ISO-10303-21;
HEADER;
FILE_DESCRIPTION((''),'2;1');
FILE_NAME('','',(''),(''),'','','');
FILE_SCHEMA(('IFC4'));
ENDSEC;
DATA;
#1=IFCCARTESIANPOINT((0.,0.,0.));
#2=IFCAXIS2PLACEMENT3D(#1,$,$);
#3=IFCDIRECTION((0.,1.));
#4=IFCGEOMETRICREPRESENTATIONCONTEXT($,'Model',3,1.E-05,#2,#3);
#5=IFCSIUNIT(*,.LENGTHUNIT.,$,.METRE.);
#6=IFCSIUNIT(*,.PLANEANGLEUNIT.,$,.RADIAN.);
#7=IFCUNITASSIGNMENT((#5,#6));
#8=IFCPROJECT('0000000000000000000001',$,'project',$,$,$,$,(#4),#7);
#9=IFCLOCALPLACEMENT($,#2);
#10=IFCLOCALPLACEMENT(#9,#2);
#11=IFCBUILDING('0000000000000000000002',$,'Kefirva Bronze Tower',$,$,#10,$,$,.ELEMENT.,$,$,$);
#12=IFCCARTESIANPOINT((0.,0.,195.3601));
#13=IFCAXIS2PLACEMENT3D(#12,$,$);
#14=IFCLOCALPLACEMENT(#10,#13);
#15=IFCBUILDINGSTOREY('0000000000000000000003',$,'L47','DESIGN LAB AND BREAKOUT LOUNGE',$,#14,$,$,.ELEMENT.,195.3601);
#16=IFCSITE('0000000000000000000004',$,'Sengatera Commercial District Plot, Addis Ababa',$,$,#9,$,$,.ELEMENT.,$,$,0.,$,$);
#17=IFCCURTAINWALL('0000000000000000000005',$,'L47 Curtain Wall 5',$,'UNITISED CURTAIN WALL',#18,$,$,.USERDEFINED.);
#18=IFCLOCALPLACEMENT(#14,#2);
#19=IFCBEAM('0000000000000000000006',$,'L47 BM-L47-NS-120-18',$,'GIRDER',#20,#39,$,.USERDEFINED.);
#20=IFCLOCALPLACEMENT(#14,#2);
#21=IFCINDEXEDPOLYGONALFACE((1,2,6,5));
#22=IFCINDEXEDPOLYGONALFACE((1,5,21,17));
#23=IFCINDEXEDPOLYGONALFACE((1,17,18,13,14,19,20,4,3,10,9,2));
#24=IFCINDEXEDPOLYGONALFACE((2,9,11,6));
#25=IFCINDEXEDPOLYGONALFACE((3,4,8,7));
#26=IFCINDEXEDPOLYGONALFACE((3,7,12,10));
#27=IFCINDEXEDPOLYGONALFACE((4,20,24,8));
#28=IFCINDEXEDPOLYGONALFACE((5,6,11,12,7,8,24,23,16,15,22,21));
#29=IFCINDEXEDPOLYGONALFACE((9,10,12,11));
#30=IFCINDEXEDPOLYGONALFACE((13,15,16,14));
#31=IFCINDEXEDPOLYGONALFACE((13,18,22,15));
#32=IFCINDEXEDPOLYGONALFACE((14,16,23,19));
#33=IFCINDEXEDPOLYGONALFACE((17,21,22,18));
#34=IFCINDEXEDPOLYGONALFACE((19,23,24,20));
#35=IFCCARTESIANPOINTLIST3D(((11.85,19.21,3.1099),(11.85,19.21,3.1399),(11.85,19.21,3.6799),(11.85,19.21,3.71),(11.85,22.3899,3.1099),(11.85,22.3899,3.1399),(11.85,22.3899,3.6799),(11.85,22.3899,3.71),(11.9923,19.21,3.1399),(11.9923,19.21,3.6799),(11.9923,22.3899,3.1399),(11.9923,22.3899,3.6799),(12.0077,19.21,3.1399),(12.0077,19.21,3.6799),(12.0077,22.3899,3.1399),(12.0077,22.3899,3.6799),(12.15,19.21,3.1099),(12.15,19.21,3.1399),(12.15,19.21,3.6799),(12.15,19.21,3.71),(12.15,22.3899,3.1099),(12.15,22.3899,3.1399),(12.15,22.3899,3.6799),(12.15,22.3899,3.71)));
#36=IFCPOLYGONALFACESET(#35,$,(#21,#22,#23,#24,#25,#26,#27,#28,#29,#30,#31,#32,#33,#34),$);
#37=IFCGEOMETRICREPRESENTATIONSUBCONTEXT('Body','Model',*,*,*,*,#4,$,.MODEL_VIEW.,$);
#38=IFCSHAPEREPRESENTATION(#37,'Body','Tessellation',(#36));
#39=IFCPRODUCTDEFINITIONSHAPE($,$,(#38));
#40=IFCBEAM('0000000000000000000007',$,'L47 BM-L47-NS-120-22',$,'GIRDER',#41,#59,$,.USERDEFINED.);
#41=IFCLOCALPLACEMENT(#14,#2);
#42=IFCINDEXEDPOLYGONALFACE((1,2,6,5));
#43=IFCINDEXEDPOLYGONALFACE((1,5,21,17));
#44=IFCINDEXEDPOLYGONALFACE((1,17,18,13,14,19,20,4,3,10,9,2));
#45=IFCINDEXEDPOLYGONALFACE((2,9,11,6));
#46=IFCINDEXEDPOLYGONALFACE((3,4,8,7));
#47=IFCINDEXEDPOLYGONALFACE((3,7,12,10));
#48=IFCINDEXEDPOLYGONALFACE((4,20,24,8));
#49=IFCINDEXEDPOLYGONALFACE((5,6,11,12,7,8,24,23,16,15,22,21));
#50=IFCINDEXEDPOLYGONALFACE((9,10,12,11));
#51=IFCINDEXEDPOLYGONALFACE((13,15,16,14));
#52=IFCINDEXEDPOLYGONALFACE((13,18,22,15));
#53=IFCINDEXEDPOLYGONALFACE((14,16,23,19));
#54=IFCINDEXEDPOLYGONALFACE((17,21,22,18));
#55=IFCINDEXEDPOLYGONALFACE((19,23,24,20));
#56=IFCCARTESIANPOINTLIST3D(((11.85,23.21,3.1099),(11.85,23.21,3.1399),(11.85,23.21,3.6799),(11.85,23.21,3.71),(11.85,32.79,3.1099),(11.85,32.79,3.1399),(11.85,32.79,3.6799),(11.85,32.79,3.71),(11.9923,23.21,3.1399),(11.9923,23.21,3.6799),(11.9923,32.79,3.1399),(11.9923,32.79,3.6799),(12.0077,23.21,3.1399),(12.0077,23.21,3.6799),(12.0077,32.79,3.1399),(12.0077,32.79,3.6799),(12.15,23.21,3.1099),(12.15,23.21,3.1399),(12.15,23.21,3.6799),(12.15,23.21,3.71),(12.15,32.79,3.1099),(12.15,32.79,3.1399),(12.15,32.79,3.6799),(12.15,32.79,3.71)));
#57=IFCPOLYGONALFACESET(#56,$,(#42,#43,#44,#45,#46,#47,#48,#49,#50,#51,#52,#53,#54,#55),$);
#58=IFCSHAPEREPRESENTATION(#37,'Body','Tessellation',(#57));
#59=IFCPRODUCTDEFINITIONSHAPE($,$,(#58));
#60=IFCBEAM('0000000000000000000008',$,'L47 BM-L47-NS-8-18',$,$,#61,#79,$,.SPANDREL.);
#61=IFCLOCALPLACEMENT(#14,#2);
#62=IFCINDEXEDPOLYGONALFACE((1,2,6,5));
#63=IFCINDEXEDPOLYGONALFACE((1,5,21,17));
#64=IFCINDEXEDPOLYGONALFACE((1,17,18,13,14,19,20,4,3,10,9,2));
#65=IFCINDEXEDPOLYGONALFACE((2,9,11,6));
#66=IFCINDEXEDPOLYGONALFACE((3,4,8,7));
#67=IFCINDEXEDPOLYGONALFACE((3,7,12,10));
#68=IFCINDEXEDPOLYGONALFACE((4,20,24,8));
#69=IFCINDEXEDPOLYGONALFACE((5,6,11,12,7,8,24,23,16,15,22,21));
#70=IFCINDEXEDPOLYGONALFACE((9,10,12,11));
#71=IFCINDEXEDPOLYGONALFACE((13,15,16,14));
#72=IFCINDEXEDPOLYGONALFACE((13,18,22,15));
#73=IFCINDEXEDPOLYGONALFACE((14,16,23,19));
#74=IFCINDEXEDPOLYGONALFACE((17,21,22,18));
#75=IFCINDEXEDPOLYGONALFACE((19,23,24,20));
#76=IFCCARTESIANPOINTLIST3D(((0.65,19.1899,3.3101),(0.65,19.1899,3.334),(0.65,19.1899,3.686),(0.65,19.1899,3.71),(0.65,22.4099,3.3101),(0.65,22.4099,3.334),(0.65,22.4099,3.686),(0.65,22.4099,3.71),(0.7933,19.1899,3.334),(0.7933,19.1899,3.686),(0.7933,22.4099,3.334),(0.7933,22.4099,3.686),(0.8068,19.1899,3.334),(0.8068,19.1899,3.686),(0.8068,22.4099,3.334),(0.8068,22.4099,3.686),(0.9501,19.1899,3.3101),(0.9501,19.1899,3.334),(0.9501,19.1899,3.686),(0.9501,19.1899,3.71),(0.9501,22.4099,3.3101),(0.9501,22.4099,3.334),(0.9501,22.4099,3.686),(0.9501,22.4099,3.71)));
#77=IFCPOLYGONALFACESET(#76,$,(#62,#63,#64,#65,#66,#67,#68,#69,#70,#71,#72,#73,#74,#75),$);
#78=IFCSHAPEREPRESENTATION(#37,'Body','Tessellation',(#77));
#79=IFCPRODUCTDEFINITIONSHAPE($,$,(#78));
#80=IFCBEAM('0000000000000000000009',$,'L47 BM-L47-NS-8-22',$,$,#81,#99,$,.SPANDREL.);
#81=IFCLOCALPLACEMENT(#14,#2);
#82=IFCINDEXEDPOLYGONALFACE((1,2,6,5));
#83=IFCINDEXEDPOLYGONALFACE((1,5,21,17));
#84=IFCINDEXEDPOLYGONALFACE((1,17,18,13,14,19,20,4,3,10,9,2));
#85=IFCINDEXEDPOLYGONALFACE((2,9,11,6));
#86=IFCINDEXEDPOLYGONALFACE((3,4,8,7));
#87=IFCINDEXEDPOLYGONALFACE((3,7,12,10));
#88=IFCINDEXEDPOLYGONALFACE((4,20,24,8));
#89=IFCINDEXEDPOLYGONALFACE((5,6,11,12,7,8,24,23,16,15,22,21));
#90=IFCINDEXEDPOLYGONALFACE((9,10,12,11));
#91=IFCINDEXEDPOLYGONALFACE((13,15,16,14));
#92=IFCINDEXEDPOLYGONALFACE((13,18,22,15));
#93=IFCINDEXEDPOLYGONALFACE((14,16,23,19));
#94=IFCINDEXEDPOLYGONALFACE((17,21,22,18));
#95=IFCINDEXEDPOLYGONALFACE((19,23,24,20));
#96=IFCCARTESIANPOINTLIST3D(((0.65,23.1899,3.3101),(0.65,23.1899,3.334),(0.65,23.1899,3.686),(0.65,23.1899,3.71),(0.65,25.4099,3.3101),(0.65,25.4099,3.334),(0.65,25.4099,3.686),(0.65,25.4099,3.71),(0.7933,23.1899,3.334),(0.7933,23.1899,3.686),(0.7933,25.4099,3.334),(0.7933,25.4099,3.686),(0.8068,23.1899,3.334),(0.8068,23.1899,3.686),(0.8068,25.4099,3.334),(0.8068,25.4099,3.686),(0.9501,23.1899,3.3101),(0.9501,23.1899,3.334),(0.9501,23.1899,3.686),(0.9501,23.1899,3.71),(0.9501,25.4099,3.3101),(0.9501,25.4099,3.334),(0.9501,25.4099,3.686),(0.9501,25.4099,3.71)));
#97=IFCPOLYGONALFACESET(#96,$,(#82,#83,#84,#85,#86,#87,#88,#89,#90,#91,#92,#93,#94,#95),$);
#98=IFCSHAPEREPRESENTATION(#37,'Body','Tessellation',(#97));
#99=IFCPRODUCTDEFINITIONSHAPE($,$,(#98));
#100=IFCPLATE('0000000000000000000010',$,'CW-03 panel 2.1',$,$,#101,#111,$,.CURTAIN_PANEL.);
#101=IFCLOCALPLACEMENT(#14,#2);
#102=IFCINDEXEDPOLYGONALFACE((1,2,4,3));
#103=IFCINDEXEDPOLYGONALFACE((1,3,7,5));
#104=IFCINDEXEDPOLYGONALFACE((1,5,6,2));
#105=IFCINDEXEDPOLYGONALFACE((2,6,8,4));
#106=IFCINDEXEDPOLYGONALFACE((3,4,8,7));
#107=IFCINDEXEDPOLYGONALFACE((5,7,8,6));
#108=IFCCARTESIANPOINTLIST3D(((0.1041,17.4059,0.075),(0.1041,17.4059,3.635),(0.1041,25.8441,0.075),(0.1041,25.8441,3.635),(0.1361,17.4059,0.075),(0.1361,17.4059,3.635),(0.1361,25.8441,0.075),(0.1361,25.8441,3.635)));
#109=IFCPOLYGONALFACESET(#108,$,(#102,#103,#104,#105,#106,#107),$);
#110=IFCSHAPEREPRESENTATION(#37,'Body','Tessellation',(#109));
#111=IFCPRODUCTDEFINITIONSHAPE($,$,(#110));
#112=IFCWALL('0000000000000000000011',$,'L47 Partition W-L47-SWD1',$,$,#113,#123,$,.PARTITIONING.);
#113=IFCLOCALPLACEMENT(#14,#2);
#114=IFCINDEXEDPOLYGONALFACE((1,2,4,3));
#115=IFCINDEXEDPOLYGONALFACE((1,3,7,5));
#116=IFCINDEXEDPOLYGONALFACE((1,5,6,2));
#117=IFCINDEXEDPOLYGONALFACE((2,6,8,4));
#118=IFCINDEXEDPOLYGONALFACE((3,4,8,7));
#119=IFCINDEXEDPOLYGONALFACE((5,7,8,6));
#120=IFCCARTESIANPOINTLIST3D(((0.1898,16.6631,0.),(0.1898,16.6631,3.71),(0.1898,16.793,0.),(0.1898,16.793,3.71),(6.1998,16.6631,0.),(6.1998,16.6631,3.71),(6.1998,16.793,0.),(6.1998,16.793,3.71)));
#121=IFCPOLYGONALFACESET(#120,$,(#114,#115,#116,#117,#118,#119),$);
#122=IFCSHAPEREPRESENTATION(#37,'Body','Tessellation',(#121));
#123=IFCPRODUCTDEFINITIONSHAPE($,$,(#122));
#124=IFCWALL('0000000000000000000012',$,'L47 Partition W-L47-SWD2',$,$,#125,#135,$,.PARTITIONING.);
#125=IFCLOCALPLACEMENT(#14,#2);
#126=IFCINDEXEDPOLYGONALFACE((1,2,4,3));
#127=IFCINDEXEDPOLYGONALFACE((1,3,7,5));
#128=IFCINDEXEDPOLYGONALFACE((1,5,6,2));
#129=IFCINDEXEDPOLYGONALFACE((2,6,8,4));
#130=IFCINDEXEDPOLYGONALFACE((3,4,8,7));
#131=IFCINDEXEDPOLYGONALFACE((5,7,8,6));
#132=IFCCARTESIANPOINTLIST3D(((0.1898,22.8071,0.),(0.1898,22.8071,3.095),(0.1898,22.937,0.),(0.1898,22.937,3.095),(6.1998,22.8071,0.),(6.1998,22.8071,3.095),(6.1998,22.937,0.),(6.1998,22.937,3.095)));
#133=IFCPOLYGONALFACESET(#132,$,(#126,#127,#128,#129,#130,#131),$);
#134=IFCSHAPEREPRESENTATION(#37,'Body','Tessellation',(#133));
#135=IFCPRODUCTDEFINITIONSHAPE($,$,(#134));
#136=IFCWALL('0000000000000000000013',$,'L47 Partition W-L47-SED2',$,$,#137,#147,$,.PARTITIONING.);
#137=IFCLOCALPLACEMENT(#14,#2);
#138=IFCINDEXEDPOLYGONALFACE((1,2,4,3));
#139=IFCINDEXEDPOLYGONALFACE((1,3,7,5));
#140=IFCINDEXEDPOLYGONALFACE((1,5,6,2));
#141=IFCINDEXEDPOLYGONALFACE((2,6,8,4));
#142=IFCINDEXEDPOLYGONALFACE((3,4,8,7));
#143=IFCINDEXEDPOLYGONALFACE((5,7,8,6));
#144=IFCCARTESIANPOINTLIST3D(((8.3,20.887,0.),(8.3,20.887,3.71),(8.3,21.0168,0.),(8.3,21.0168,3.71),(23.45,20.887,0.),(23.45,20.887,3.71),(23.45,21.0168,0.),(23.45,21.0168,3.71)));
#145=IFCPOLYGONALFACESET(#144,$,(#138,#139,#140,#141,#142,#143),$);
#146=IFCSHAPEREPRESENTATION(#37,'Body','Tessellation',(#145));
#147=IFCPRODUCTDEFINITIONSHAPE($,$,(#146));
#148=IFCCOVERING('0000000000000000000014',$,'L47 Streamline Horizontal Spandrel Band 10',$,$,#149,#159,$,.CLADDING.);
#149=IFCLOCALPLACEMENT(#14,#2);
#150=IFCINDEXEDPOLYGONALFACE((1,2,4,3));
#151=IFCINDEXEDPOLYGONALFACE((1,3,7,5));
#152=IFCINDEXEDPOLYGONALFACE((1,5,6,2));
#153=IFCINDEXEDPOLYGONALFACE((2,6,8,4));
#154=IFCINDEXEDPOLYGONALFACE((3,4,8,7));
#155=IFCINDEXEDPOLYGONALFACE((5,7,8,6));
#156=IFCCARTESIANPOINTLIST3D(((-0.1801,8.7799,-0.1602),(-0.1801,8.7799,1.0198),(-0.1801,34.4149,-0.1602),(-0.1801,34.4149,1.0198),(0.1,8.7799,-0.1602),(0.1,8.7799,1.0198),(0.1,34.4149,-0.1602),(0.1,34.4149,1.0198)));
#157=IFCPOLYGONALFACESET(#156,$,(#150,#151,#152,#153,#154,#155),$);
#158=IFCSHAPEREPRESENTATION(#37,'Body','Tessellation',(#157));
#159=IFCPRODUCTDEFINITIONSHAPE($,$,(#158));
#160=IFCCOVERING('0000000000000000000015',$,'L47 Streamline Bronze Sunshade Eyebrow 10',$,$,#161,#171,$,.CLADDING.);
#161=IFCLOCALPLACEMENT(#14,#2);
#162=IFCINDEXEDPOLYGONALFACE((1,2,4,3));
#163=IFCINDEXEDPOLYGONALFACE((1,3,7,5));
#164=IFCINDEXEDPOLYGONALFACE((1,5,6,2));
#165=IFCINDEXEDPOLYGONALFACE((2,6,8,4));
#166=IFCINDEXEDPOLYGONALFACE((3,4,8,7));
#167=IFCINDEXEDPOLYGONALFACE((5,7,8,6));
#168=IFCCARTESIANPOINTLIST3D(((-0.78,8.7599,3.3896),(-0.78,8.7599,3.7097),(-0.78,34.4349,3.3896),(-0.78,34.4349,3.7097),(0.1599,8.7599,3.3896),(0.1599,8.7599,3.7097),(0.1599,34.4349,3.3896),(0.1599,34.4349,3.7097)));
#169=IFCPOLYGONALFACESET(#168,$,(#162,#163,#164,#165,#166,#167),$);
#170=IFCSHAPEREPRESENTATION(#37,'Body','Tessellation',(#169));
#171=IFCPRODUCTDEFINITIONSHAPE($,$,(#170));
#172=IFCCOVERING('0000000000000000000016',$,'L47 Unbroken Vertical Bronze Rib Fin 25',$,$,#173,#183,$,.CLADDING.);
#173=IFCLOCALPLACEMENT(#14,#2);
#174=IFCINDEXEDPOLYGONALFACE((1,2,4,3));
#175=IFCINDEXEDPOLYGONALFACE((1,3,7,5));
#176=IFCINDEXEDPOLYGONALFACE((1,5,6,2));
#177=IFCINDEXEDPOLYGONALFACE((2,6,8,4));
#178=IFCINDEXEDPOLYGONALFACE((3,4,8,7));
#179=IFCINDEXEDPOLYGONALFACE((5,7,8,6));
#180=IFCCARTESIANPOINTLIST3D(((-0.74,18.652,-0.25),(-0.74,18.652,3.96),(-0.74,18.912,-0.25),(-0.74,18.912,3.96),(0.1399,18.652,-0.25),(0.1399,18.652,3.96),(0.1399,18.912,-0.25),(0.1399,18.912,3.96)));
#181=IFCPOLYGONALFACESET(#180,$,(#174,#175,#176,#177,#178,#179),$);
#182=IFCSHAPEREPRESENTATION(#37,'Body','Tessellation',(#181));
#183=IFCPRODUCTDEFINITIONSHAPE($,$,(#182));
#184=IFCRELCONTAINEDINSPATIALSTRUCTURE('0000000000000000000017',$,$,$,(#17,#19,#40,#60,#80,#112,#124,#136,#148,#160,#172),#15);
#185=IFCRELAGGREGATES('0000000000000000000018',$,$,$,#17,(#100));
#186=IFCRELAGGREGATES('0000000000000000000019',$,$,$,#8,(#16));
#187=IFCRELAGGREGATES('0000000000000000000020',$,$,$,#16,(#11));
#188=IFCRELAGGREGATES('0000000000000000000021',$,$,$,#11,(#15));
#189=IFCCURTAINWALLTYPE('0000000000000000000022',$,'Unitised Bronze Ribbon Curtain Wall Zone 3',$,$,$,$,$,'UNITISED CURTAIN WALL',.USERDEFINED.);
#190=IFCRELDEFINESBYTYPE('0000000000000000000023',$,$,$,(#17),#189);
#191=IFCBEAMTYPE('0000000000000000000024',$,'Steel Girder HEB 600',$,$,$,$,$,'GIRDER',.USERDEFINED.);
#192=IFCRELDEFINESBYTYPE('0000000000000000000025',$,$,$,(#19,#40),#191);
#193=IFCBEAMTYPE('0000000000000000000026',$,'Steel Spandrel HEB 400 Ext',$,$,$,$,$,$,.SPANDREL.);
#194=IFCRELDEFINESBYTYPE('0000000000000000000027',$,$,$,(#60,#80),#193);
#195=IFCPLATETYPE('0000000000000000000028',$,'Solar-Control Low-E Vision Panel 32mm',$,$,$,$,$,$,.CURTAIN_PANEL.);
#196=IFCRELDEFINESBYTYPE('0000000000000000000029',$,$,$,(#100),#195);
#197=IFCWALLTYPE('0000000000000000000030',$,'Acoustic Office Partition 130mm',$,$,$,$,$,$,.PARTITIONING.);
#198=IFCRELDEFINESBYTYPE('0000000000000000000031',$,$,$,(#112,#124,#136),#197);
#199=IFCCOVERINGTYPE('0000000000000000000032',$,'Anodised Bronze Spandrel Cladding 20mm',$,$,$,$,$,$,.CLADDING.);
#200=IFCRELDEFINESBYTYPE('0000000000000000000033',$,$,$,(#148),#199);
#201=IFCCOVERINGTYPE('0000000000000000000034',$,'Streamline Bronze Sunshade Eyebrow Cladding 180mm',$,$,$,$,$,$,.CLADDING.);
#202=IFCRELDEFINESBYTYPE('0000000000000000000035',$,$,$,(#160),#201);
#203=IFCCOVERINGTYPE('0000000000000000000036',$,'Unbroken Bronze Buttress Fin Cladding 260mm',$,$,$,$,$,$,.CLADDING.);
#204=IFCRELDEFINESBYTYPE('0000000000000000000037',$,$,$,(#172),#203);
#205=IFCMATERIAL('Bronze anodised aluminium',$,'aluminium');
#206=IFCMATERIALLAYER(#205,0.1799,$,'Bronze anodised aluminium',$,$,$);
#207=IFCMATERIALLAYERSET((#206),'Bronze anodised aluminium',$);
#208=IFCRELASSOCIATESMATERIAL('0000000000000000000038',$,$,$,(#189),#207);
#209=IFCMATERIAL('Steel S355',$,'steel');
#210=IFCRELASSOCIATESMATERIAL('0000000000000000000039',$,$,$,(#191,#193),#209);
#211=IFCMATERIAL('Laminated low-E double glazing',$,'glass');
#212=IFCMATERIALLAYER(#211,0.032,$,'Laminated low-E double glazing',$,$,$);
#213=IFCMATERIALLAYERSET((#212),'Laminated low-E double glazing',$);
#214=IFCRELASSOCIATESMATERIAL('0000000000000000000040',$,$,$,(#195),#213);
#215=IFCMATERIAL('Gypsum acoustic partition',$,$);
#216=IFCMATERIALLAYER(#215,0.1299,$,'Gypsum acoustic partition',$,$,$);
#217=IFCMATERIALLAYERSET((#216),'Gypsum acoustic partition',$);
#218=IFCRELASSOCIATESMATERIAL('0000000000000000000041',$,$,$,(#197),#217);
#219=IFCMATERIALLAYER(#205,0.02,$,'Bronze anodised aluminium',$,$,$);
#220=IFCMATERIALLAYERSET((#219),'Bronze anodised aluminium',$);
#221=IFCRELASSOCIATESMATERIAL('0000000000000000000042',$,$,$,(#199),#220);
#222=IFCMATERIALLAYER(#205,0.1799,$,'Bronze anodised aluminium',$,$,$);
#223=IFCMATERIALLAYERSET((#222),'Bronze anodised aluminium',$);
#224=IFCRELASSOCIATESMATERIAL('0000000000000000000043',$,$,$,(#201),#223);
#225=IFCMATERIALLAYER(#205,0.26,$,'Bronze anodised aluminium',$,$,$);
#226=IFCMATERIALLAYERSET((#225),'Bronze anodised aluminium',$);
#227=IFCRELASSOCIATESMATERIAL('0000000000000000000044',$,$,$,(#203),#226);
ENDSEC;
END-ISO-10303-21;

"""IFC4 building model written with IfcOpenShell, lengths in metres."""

from ifc_helpers import new_model, si_unit, direction, frame, frame_2d, origin, origin_2d, place, context, subcontext, project, spatial, rectangle, i_section, extrude, material, layer, layer_set, material_profile, profile_set, type_object, element, aggregate, save


model = new_model("IFC4")

# Units and contexts
model_context = context("Model", 3, precision=1e-05, world=origin(), true_north=direction((0.0, 1.0)))
body_context = subcontext(model_context, "Body", "Model", "MODEL_VIEW")
ifc_project = project(units=[si_unit("LENGTHUNIT", "METRE"), si_unit("PLANEANGLEUNIT", "RADIAN")], contexts=[model_context])

# Site, building, storey
site_placement = place(None, origin())
site = spatial("IfcSite", under=ifc_project, at=site_placement, Name="Sengatera Commercial District Plot, Addis Ababa", CompositionType="ELEMENT", RefElevation=0.0)
building_placement = place(site_placement, origin())
building = spatial("IfcBuilding", under=site, at=building_placement, Name="Kefirva Bronze Tower", CompositionType="ELEMENT")
storey_placement = place(building_placement, frame((0.0, 0.0, 195.3601)))
storey = spatial("IfcBuildingStorey", under=building, at=storey_placement, Name="L47", Description="DESIGN LAB AND BREAKOUT LOUNGE", CompositionType="ELEMENT", Elevation=195.3601)

# Curtain wall
ifc_material_1 = material(Name="Bronze anodised aluminium", Category="aluminium")
ifc_layer_1 = layer(ifc_material_1, 0.1799, Name="Bronze anodised aluminium")
ifc_layer_set_1 = layer_set([ifc_layer_1], Name="Bronze anodised aluminium")
curtain_wall_type = type_object("IfcCurtainWallType", Name="Unitised Bronze Ribbon Curtain Wall Zone 3", ElementType="UNITISED CURTAIN WALL", PredefinedType="USERDEFINED", material=ifc_layer_set_1)
curtain_wall_placement = place(storey_placement, origin())
curtain_wall = element("IfcCurtainWall", 1, at=curtain_wall_placement, inside=storey, type_object=curtain_wall_type, Name="L47 Curtain Wall 5", ObjectType="UNITISED CURTAIN WALL", PredefinedType="USERDEFINED")

# Beams
ifc_material_2 = material(Name="Steel S355", Category="steel")
ifc_material_profile_1 = material_profile(ifc_material_2, i_section(OverallWidth=0.3, OverallDepth=0.6001, WebThickness=0.0154, FlangeThickness=0.03, at=origin_2d()), Name="HEB 600")
ifc_profile_set_1 = profile_set([ifc_material_profile_1], Name="Steel S355")
beam_type_1 = type_object("IfcBeamType", Name="Steel Girder HEB 600", ElementType="GIRDER", PredefinedType="USERDEFINED", material=ifc_profile_set_1)
beam_1_placement = place(storey_placement, frame((12.0, 19.21, 3.4099), z_axis=(0.0, 1.0, 0.0), x_axis=(-1.0, 0.0, 0.0)))
element("IfcBeam", 2, at=beam_1_placement, inside=storey, type_object=beam_type_1, Name="L47 BM-L47-NS-120-18", ObjectType="GIRDER", PredefinedType="USERDEFINED", context=body_context, shape_type="SweptSolid", body=[
    extrude(i_section(OverallWidth=0.3, OverallDepth=0.6001, WebThickness=0.0154, FlangeThickness=0.03, at=origin_2d()), origin(), (0.0, 0.0, 1.0), 3.1799),
])
beam_2_placement = place(storey_placement, frame((12.0, 23.21, 3.4099), z_axis=(0.0, 1.0, 0.0), x_axis=(-1.0, 0.0, 0.0)))
element("IfcBeam", 3, at=beam_2_placement, inside=storey, type_object=beam_type_1, Name="L47 BM-L47-NS-120-22", ObjectType="GIRDER", PredefinedType="USERDEFINED", context=body_context, shape_type="SweptSolid", body=[
    extrude(i_section(OverallWidth=0.3, OverallDepth=0.6001, WebThickness=0.0154, FlangeThickness=0.03, at=origin_2d()), origin(), (0.0, 0.0, 1.0), 9.5801),
])
ifc_material_profile_2 = material_profile(ifc_material_2, i_section(OverallWidth=0.3, OverallDepth=0.3999, WebThickness=0.0134, FlangeThickness=0.0239, at=origin_2d()), Name="HEB 400")
ifc_profile_set_2 = profile_set([ifc_material_profile_2], Name="Steel S355")
beam_type_2 = type_object("IfcBeamType", Name="Steel Spandrel HEB 400 Ext", PredefinedType="SPANDREL", material=ifc_profile_set_2)
beam_3_placement = place(storey_placement, frame((0.8, 19.1899, 3.51), z_axis=(0.0, 1.0, 0.0), x_axis=(-1.0, 0.0, 0.0)))
element("IfcBeam", 4, at=beam_3_placement, inside=storey, type_object=beam_type_2, Name="L47 BM-L47-NS-8-18", PredefinedType="SPANDREL", context=body_context, shape_type="SweptSolid", body=[
    extrude(i_section(OverallWidth=0.3, OverallDepth=0.3999, WebThickness=0.0134, FlangeThickness=0.0239, at=origin_2d()), origin(), (0.0, 0.0, 1.0), 3.22),
])
beam_4_placement = place(storey_placement, frame((0.8, 23.1899, 3.51), z_axis=(0.0, 1.0, 0.0), x_axis=(-1.0, 0.0, 0.0)))
element("IfcBeam", 5, at=beam_4_placement, inside=storey, type_object=beam_type_2, Name="L47 BM-L47-NS-8-22", PredefinedType="SPANDREL", context=body_context, shape_type="SweptSolid", body=[
    extrude(i_section(OverallWidth=0.3, OverallDepth=0.3999, WebThickness=0.0134, FlangeThickness=0.0239, at=origin_2d()), origin(), (0.0, 0.0, 1.0), 2.22),
])

# Plate
ifc_material_3 = material(Name="Laminated low-E double glazing", Category="glass")
ifc_layer_2 = layer(ifc_material_3, 0.032, Name="Laminated low-E double glazing")
ifc_layer_set_2 = layer_set([ifc_layer_2], Name="Laminated low-E double glazing")
plate_type = type_object("IfcPlateType", Name="Solar-Control Low-E Vision Panel 32mm", PredefinedType="CURTAIN_PANEL", material=ifc_layer_set_2)
plate_placement = place(storey_placement, frame((0.1201, 21.625, 0.075), z_axis=(0.0, 0.0, 1.0), x_axis=(0.0, -1.0, 0.0)))
plate = element("IfcPlate", 6, at=plate_placement, type_object=plate_type, Name="CW-03 panel 2.1", PredefinedType="CURTAIN_PANEL", context=body_context, shape_type="SweptSolid", body=[
    extrude(rectangle(XDim=8.4382, YDim=0.032, at=origin_2d()), origin(), (0.0, 0.0, 1.0), 3.5601),
])
aggregate(curtain_wall, [plate])

# Walls
ifc_material_4 = material(Name="Gypsum acoustic partition")
ifc_layer_3 = layer(ifc_material_4, 0.1299, Name="Gypsum acoustic partition")
ifc_layer_set_3 = layer_set([ifc_layer_3], Name="Gypsum acoustic partition")
wall_type = type_object("IfcWallType", Name="Acoustic Office Partition 130mm", PredefinedType="PARTITIONING", material=ifc_layer_set_3)
wall_1_placement = place(storey_placement, frame((0.1899, 16.728, 0.0), z_axis=(0.0, 0.0, 1.0), x_axis=(1.0, 0.0, 0.0)))
element("IfcWall", 7, at=wall_1_placement, inside=storey, type_object=wall_type, Name="L47 Partition W-L47-SWD1", PredefinedType="PARTITIONING", context=body_context, shape_type="SweptSolid", body=[
    extrude(rectangle(XDim=6.01, YDim=0.1299, at=frame_2d((3.0049, 0.0))), origin(), (0.0, 0.0, 1.0), 3.71),
])
wall_2_placement = place(storey_placement, frame((0.1899, 22.8721, 0.0), z_axis=(0.0, 0.0, 1.0), x_axis=(1.0, 0.0, 0.0)))
element("IfcWall", 8, at=wall_2_placement, inside=storey, type_object=wall_type, Name="L47 Partition W-L47-SWD2", PredefinedType="PARTITIONING", context=body_context, shape_type="SweptSolid", body=[
    extrude(rectangle(XDim=6.01, YDim=0.1299, at=frame_2d((3.0049, 0.0))), origin(), (0.0, 0.0, 1.0), 3.095),
])
wall_3_placement = place(storey_placement, frame((8.3, 20.9519, 0.0), z_axis=(0.0, 0.0, 1.0), x_axis=(1.0, 0.0, 0.0)))
element("IfcWall", 9, at=wall_3_placement, inside=storey, type_object=wall_type, Name="L47 Partition W-L47-SED2", PredefinedType="PARTITIONING", context=body_context, shape_type="SweptSolid", body=[
    extrude(rectangle(XDim=15.1499, YDim=0.1299, at=frame_2d((7.575, 0.0))), origin(), (0.0, 0.0, 1.0), 3.71),
])

# Coverings
ifc_layer_4 = layer(ifc_material_1, 0.02, Name="Bronze anodised aluminium")
ifc_layer_set_4 = layer_set([ifc_layer_4], Name="Bronze anodised aluminium")
covering_type_1 = type_object("IfcCoveringType", Name="Anodised Bronze Spandrel Cladding 20mm", PredefinedType="CLADDING", material=ifc_layer_set_4)
covering_1_placement = place(storey_placement, frame((-0.04, 21.5974, -0.1602), z_axis=(0.0, 0.0, 1.0), x_axis=(0.0, -1.0, 0.0)))
element("IfcCovering", 10, at=covering_1_placement, inside=storey, type_object=covering_type_1, Name="L47 Streamline Horizontal Spandrel Band 10", PredefinedType="CLADDING", context=body_context, shape_type="SweptSolid", body=[
    extrude(rectangle(XDim=25.635, YDim=0.28, at=origin_2d()), origin(), (0.0, 0.0, 1.0), 1.1799),
])
ifc_layer_5 = layer(ifc_material_1, 0.1799, Name="Bronze anodised aluminium")
ifc_layer_set_5 = layer_set([ifc_layer_5], Name="Bronze anodised aluminium")
covering_type_2 = type_object("IfcCoveringType", Name="Streamline Bronze Sunshade Eyebrow Cladding 180mm", PredefinedType="CLADDING", material=ifc_layer_set_5)
covering_2_placement = place(storey_placement, frame((-0.3101, 21.5974, 3.3896), z_axis=(0.0, 0.0, 1.0), x_axis=(0.0, -1.0, 0.0)))
element("IfcCovering", 11, at=covering_2_placement, inside=storey, type_object=covering_type_2, Name="L47 Streamline Bronze Sunshade Eyebrow 10", PredefinedType="CLADDING", context=body_context, shape_type="SweptSolid", body=[
    extrude(rectangle(XDim=25.675, YDim=0.9399, at=origin_2d()), origin(), (0.0, 0.0, 1.0), 0.3201),
])
ifc_layer_6 = layer(ifc_material_1, 0.26, Name="Bronze anodised aluminium")
ifc_layer_set_6 = layer_set([ifc_layer_6], Name="Bronze anodised aluminium")
covering_type_3 = type_object("IfcCoveringType", Name="Unbroken Bronze Buttress Fin Cladding 260mm", PredefinedType="CLADDING", material=ifc_layer_set_6)
covering_3_placement = place(storey_placement, frame((-0.3, 18.782, -0.25), z_axis=(0.0, 0.0, 1.0), x_axis=(0.0, -1.0, 0.0)))
element("IfcCovering", 12, at=covering_3_placement, inside=storey, type_object=covering_type_3, Name="L47 Unbroken Vertical Bronze Rib Fin 25", PredefinedType="CLADDING", context=body_context, shape_type="SweptSolid", body=[
    extrude(rectangle(XDim=0.26, YDim=0.8799, at=origin_2d()), origin(), (0.0, 0.0, 1.0), 4.21),
])

save(model, "model.ifc")
